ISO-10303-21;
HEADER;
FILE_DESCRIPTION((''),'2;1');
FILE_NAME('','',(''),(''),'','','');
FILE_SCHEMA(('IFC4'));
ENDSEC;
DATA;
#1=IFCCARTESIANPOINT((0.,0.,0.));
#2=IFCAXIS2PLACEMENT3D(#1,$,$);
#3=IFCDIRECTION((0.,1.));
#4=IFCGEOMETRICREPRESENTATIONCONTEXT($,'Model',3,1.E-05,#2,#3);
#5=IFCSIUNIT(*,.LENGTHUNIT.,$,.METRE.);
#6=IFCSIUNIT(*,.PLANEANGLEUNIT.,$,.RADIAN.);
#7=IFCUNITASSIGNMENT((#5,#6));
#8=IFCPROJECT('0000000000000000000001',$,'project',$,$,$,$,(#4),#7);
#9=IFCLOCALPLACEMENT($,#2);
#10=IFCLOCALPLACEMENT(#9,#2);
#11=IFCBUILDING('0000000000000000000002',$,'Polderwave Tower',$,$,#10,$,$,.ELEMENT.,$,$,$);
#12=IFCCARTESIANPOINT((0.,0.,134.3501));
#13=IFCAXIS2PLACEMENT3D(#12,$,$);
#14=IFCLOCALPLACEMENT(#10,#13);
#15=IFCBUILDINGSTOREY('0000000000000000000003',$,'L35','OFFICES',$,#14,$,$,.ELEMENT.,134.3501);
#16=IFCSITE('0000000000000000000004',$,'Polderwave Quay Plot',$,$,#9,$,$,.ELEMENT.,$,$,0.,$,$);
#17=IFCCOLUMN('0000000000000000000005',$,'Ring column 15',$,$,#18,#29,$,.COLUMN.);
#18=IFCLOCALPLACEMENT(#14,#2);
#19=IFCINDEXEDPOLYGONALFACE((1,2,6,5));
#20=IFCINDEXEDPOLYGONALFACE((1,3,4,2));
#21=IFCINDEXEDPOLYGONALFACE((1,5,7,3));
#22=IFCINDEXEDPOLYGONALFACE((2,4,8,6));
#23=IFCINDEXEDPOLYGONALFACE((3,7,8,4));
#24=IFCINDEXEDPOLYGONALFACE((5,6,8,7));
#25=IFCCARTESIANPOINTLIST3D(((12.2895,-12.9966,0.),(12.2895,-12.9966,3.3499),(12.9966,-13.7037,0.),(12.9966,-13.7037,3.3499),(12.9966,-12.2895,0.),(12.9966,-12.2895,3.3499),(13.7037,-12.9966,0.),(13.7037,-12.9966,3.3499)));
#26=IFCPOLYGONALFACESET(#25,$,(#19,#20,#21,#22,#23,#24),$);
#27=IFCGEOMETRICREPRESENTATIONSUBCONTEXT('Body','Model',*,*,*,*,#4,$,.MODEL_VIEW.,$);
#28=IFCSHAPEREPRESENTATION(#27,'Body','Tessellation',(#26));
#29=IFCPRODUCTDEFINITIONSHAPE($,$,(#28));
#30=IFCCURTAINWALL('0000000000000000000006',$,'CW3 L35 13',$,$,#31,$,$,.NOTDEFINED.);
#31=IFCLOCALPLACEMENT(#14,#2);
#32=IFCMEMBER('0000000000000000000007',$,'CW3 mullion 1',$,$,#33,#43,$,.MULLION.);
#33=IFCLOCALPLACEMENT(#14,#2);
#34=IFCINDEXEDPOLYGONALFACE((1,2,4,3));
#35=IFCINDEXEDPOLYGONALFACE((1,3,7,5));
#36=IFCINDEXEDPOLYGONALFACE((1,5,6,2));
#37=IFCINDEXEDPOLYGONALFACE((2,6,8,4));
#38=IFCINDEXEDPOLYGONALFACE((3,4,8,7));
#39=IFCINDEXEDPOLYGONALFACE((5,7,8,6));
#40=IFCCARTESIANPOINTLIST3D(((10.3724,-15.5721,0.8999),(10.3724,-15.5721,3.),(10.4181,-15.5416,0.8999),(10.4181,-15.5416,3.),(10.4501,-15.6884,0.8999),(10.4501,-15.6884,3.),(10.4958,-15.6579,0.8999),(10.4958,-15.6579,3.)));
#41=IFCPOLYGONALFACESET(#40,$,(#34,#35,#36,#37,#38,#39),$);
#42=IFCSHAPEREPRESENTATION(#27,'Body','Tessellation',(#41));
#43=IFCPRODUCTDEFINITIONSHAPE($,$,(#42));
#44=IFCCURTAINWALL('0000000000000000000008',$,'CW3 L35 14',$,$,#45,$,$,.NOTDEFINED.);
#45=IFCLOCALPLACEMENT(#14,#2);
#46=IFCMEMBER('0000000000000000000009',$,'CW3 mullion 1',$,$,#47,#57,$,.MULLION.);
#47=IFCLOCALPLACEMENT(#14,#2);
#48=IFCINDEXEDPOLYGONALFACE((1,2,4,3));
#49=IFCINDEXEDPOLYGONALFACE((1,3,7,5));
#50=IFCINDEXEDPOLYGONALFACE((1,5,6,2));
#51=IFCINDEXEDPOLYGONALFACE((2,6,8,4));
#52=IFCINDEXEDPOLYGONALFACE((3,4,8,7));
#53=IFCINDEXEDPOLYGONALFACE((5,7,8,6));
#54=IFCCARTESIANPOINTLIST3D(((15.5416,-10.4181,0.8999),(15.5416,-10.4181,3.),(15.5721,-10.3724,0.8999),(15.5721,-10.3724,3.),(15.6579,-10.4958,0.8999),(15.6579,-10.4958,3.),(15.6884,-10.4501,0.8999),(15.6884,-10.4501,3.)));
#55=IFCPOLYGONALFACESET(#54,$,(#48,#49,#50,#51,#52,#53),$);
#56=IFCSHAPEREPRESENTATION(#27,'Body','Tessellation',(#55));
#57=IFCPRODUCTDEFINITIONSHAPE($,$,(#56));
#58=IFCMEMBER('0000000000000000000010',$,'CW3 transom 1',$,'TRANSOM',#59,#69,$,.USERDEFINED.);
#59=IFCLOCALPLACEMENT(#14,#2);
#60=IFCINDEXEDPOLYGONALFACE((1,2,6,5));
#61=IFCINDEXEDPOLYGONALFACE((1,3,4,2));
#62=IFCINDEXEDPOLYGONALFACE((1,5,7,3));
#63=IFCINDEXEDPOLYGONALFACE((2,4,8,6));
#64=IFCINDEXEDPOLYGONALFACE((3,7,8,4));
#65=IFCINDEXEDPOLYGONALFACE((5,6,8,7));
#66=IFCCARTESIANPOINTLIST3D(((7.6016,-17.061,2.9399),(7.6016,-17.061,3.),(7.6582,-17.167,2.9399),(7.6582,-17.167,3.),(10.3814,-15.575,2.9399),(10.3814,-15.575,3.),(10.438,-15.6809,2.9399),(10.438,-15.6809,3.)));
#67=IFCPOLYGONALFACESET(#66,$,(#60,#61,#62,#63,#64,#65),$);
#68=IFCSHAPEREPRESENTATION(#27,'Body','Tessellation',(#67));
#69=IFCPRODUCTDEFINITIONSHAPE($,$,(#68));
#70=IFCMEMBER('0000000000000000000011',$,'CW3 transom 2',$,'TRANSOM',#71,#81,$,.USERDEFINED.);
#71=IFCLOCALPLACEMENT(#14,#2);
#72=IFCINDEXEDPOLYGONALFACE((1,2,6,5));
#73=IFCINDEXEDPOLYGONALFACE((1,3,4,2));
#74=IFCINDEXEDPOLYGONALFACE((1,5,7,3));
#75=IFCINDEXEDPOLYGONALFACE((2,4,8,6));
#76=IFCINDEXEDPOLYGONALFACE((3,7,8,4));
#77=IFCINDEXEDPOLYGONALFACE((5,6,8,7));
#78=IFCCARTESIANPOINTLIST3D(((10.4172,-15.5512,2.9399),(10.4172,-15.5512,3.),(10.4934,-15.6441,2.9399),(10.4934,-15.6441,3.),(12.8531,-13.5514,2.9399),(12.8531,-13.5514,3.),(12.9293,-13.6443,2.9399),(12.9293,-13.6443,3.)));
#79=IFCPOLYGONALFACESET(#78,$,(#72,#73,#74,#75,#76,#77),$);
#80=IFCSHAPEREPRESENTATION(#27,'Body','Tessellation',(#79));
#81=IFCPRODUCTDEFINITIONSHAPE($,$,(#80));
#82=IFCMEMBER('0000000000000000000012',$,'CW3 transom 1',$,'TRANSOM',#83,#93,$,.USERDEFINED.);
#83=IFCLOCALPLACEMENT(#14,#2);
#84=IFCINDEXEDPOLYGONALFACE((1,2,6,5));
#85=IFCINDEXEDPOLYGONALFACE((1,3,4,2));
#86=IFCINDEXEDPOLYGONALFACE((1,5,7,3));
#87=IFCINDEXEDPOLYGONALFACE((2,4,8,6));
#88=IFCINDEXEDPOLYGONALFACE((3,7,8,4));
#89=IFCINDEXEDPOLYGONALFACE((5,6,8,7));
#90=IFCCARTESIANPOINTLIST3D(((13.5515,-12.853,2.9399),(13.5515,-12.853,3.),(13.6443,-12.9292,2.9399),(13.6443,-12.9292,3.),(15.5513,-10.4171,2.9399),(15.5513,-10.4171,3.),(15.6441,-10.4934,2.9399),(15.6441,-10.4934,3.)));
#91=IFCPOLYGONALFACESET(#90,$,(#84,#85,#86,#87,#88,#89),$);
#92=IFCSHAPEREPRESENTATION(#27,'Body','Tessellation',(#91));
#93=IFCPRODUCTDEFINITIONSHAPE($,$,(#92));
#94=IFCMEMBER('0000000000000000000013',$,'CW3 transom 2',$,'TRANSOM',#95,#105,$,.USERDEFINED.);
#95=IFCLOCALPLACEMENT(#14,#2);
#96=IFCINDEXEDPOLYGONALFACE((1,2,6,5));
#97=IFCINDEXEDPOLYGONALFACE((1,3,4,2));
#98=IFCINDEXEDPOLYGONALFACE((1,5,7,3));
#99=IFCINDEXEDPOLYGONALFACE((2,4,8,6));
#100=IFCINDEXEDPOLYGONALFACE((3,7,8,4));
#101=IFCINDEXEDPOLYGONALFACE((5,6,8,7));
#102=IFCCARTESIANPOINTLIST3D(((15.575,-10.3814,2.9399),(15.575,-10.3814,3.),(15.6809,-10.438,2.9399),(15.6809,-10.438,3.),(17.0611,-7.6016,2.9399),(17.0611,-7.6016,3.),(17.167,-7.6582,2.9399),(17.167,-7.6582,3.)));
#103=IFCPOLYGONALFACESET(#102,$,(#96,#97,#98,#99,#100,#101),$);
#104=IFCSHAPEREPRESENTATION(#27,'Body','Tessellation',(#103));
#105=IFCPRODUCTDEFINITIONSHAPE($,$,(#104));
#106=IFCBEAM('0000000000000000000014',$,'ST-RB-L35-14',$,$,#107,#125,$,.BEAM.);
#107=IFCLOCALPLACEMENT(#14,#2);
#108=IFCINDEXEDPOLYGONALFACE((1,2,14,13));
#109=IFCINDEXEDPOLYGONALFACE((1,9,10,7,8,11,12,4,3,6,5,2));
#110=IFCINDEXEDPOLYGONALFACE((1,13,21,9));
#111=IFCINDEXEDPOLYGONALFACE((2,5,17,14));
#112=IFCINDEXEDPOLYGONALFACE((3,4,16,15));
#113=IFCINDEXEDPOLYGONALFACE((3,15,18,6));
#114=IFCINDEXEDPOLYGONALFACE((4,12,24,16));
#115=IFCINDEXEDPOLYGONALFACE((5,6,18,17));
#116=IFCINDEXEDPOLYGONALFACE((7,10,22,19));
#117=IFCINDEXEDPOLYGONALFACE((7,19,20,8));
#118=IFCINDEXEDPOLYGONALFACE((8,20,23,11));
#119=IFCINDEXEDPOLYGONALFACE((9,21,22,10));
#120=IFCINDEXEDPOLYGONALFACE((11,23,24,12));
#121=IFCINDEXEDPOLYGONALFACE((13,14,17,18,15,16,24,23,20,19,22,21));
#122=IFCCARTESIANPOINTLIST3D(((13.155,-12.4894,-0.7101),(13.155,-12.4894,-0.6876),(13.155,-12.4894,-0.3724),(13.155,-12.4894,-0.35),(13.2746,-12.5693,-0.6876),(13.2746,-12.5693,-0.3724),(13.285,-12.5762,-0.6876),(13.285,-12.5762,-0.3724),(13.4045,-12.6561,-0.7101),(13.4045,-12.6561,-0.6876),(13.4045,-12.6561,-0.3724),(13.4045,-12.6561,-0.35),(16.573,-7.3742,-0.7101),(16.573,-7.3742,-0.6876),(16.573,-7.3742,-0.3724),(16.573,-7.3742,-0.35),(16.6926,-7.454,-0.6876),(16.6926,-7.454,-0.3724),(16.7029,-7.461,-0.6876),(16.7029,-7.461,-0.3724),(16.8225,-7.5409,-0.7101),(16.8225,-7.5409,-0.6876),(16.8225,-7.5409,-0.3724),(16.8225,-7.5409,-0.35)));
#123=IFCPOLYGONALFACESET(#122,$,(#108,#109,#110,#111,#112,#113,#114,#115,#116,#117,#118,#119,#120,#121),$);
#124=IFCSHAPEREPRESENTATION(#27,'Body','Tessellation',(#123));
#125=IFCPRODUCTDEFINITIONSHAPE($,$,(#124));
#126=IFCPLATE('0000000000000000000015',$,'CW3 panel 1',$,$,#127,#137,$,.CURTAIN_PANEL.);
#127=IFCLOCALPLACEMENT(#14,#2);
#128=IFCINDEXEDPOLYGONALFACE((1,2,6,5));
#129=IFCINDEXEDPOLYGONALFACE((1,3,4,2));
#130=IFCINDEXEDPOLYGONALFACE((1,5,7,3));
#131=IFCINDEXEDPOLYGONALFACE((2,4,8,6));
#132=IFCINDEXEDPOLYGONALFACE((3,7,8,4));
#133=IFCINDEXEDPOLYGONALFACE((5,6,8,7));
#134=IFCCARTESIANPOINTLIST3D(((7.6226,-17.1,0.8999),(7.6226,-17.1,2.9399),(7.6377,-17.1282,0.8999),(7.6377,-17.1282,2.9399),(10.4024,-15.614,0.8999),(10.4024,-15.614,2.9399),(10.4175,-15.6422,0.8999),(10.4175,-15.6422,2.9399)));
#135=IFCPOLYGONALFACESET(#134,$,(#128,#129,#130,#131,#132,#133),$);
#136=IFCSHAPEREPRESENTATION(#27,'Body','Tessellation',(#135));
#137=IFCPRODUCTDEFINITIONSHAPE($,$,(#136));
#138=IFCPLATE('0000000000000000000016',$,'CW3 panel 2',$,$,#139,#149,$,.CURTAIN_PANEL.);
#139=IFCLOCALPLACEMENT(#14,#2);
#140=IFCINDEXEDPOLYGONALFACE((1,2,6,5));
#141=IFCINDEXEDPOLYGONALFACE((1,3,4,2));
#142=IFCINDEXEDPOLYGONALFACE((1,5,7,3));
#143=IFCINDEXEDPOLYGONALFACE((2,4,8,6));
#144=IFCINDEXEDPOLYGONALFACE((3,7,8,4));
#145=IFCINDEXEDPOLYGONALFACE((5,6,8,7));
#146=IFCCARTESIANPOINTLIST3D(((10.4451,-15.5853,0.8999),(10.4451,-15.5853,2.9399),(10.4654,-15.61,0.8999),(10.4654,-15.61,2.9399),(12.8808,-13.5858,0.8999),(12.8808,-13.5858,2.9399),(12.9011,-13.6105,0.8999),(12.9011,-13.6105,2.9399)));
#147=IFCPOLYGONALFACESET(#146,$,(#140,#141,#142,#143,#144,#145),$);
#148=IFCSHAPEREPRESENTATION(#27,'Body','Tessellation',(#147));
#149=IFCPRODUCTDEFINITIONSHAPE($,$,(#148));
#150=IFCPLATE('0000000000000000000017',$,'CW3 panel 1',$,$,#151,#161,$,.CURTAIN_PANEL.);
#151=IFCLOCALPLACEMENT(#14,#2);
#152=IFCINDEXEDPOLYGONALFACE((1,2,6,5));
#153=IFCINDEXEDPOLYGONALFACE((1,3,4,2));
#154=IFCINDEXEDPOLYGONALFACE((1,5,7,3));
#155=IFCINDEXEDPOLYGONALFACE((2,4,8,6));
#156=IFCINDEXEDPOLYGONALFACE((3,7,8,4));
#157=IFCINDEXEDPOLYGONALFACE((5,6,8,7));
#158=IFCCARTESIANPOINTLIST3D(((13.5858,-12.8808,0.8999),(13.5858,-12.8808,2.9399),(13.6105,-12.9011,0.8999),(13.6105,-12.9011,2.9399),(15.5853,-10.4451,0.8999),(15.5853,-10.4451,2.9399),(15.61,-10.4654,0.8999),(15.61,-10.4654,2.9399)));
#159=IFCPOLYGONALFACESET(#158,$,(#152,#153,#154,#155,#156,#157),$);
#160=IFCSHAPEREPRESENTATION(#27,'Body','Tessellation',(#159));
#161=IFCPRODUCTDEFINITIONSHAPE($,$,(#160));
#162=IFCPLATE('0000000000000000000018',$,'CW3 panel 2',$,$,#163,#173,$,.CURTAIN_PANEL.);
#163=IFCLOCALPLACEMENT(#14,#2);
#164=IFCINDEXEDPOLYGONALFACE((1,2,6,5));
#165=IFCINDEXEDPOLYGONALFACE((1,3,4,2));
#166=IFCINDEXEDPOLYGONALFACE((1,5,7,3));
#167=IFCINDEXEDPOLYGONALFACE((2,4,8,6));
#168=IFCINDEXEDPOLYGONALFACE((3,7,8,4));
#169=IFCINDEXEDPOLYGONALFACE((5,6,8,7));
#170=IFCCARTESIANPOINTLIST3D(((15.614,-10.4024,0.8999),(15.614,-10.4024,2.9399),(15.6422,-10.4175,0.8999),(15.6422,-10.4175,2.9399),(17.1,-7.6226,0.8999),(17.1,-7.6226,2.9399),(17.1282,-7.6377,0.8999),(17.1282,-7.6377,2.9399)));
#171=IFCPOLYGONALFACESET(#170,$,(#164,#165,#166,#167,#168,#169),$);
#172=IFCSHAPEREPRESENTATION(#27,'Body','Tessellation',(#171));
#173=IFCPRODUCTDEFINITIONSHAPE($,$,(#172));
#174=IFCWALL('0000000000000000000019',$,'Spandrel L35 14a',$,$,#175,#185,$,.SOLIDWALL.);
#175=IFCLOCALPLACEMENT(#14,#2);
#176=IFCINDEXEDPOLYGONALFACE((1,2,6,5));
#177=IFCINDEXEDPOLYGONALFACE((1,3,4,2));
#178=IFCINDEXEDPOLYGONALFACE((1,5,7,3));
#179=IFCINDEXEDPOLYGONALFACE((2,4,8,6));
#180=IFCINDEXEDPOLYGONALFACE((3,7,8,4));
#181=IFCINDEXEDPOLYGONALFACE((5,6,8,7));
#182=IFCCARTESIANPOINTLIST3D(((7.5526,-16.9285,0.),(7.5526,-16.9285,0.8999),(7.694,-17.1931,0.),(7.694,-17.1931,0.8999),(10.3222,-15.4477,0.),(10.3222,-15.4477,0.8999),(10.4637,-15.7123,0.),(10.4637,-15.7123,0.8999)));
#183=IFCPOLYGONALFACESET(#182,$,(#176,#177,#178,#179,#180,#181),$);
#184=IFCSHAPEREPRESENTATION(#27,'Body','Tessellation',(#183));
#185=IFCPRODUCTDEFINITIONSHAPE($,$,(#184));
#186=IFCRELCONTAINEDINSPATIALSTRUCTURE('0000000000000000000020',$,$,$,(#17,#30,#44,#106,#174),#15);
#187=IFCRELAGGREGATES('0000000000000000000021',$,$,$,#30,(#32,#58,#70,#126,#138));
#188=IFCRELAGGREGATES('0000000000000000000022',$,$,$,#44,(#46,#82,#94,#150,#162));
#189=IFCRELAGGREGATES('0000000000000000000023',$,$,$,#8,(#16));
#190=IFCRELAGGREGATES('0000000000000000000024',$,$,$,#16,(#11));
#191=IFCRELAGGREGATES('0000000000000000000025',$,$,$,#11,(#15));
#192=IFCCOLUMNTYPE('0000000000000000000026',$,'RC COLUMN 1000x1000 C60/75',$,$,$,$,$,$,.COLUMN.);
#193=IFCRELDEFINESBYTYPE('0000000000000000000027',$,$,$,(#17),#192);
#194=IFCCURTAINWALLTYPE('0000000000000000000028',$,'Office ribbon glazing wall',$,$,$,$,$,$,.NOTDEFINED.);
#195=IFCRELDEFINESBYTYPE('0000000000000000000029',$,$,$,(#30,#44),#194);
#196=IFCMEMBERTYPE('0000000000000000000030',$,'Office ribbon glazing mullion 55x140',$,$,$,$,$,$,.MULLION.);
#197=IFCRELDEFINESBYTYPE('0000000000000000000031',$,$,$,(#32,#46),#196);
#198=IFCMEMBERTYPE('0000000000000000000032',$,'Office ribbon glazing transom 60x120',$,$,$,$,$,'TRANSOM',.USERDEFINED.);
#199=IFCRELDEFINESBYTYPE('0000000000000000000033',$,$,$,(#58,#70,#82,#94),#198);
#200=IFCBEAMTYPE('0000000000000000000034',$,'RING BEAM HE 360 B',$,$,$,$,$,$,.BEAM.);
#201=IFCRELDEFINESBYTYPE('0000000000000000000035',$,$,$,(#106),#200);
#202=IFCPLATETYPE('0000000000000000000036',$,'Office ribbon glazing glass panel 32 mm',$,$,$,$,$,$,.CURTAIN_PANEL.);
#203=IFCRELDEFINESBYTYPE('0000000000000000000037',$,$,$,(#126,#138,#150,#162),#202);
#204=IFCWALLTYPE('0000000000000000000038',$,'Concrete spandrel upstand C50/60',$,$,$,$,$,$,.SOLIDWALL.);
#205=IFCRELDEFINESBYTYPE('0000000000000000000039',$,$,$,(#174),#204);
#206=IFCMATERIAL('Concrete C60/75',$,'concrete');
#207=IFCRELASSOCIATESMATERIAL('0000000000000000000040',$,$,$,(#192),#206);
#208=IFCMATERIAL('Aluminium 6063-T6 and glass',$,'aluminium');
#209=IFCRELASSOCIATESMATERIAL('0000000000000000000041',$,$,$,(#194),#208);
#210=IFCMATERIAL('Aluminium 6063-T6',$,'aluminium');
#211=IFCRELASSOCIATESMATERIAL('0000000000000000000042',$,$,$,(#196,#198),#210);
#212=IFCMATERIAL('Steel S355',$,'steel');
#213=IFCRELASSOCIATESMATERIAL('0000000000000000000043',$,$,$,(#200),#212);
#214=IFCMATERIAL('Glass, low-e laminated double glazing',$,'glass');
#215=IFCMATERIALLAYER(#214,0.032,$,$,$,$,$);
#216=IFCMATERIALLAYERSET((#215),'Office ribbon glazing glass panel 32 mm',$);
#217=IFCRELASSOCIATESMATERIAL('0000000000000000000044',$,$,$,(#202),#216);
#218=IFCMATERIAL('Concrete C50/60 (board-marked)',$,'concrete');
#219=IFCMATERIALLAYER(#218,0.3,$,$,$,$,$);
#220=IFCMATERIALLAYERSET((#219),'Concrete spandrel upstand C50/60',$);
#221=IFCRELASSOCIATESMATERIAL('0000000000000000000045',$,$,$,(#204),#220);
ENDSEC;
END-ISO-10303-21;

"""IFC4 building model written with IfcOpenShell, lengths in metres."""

from ifc_helpers import new_model, si_unit, direction, frame, frame_2d, origin, origin_2d, place, context, subcontext, project, spatial, rectangle, i_section, extrude, material, layer, layer_set, material_profile, profile_set, type_object, element, aggregate, save


model = new_model("IFC4")

# Units and contexts
model_context = context("Model", 3, precision=1e-05, world=origin(), true_north=direction((0.0, 1.0)))
body_context = subcontext(model_context, "Body", "Model", "MODEL_VIEW")
ifc_project = project(units=[si_unit("LENGTHUNIT", "METRE"), si_unit("PLANEANGLEUNIT", "RADIAN")], contexts=[model_context])

# Site, building, storey
site_placement = place(None, origin())
site = spatial("IfcSite", under=ifc_project, at=site_placement, Name="Polderwave Quay Plot", CompositionType="ELEMENT", RefElevation=0.0)
building_placement = place(site_placement, origin())
building = spatial("IfcBuilding", under=site, at=building_placement, Name="Polderwave Tower", CompositionType="ELEMENT")
storey_placement = place(building_placement, frame((0.0, 0.0, 134.3501)))
storey = spatial("IfcBuildingStorey", under=building, at=storey_placement, Name="L35", Description="OFFICES", CompositionType="ELEMENT", Elevation=134.3501)

# Column
ifc_material_1 = material(Name="Concrete C60/75", Category="concrete")
ifc_material_profile_1 = material_profile(ifc_material_1, rectangle(XDim=1.0, YDim=1.0, at=origin_2d()), Name="RC 1000x1000")
ifc_profile_set_1 = profile_set([ifc_material_profile_1], Name="Concrete C60/75")
column_type = type_object("IfcColumnType", Name="RC COLUMN 1000x1000 C60/75", PredefinedType="COLUMN", material=ifc_profile_set_1)
column_placement = place(storey_placement, frame((12.9966, -12.9966, 0.0), z_axis=(0.0, 0.0, 1.0), x_axis=(0.707107, -0.707107, 0.0)))
element("IfcColumn", 1, at=column_placement, inside=storey, type_object=column_type, Name="Ring column 15", PredefinedType="COLUMN", context=body_context, shape_type="SweptSolid", body=[
    extrude(rectangle(XDim=1.0, YDim=1.0, at=origin_2d()), origin(), (0.0, 0.0, 1.0), 3.3499),
])

# Curtain walls, members
ifc_material_2 = material(Name="Aluminium 6063-T6 and glass", Category="aluminium")
curtain_wall_type = type_object("IfcCurtainWallType", Name="Office ribbon glazing wall", PredefinedType="NOTDEFINED", material=ifc_material_2)
curtain_wall_1_placement = place(storey_placement, origin())
curtain_wall_1 = element("IfcCurtainWall", 2, at=curtain_wall_1_placement, inside=storey, type_object=curtain_wall_type, Name="CW3 L35 13", PredefinedType="NOTDEFINED")
ifc_material_3 = material(Name="Aluminium 6063-T6", Category="aluminium")
ifc_material_profile_2 = material_profile(ifc_material_3, rectangle(XDim=0.1399, YDim=0.0549, at=origin_2d()), Name="AL 55x140")
ifc_profile_set_2 = profile_set([ifc_material_profile_2], Name="Aluminium 6063-T6")
member_type_1 = type_object("IfcMemberType", Name="Office ribbon glazing mullion 55x140", PredefinedType="MULLION", material=ifc_profile_set_2)
member_1_placement = place(storey_placement, frame((10.4341, -15.615, 0.8999), z_axis=(0.0, 0.0, 1.0), x_axis=(-0.555657, 0.831411, 0.0)))
member_1 = element("IfcMember", 3, at=member_1_placement, type_object=member_type_1, Name="CW3 mullion 1", PredefinedType="MULLION", context=body_context, shape_type="SweptSolid", body=[
    extrude(rectangle(XDim=0.1399, YDim=0.0549, at=origin_2d()), origin(), (0.0, 0.0, 1.0), 2.1001),
])
curtain_wall_2_placement = place(storey_placement, origin())
curtain_wall_2 = element("IfcCurtainWall", 4, at=curtain_wall_2_placement, inside=storey, type_object=curtain_wall_type, Name="CW3 L35 14", PredefinedType="NOTDEFINED")
member_2_placement = place(storey_placement, frame((15.615, -10.4341, 0.8999), z_axis=(0.0, 0.0, 1.0), x_axis=(-0.831411, 0.555657, 0.0)))
member_2 = element("IfcMember", 5, at=member_2_placement, type_object=member_type_1, Name="CW3 mullion 1", PredefinedType="MULLION", context=body_context, shape_type="SweptSolid", body=[
    extrude(rectangle(XDim=0.1399, YDim=0.0549, at=origin_2d()), origin(), (0.0, 0.0, 1.0), 2.1001),
])

# Members
ifc_material_profile_3 = material_profile(ifc_material_3, rectangle(XDim=0.1201, YDim=0.0601, at=origin_2d()), Name="AL 60x120")
ifc_profile_set_3 = profile_set([ifc_material_profile_3], Name="Aluminium 6063-T6")
member_type_2 = type_object("IfcMemberType", Name="Office ribbon glazing transom 60x120", ElementType="TRANSOM", PredefinedType="USERDEFINED", material=ifc_profile_set_3)
member_3_placement = place(storey_placement, frame((7.6299, -17.114, 2.97), z_axis=(0.881887, 0.47146, 0.0), x_axis=(-0.47146, 0.881887, 0.0)))
member_3 = element("IfcMember", 6, at=member_3_placement, type_object=member_type_2, Name="CW3 transom 1", ObjectType="TRANSOM", PredefinedType="USERDEFINED", context=body_context, shape_type="SweptSolid", body=[
    extrude(rectangle(XDim=0.1201, YDim=0.0601, at=origin_2d()), origin(), (0.0, 0.0, 1.0), 3.1521),
])
member_4_placement = place(storey_placement, frame((10.4553, -15.5977, 2.97), z_axis=(0.772893, 0.634536, 0.0), x_axis=(-0.634536, 0.772893, 0.0)))
member_4 = element("IfcMember", 7, at=member_4_placement, type_object=member_type_2, Name="CW3 transom 2", ObjectType="TRANSOM", PredefinedType="USERDEFINED", context=body_context, shape_type="SweptSolid", body=[
    extrude(rectangle(XDim=0.1201, YDim=0.0601, at=origin_2d()), origin(), (0.0, 0.0, 1.0), 3.1516),
])
member_5_placement = place(storey_placement, frame((13.5979, -12.8911, 2.97), z_axis=(0.634536, 0.772893, 0.0), x_axis=(-0.772893, 0.634536, 0.0)))
member_5 = element("IfcMember", 8, at=member_5_placement, type_object=member_type_2, Name="CW3 transom 1", ObjectType="TRANSOM", PredefinedType="USERDEFINED", context=body_context, shape_type="SweptSolid", body=[
    extrude(rectangle(XDim=0.1201, YDim=0.0601, at=origin_2d()), origin(), (0.0, 0.0, 1.0), 3.1516),
])
member_6_placement = place(storey_placement, frame((15.6279, -10.4097, 2.97), z_axis=(0.47146, 0.881887, 0.0), x_axis=(-0.881887, 0.47146, 0.0)))
member_6 = element("IfcMember", 9, at=member_6_placement, type_object=member_type_2, Name="CW3 transom 2", ObjectType="TRANSOM", PredefinedType="USERDEFINED", context=body_context, shape_type="SweptSolid", body=[
    extrude(rectangle(XDim=0.1201, YDim=0.0601, at=origin_2d()), origin(), (0.0, 0.0, 1.0), 3.1521),
])

# Beam
ifc_material_4 = material(Name="Steel S355", Category="steel")
ifc_material_profile_4 = material_profile(ifc_material_4, i_section(OverallWidth=0.3, OverallDepth=0.3601, WebThickness=0.0125, FlangeThickness=0.0225, at=origin_2d()), Name="HE 360 B")
ifc_profile_set_4 = profile_set([ifc_material_profile_4], Name="Steel S355")
beam_type = type_object("IfcBeamType", Name="RING BEAM HE 360 B", PredefinedType="BEAM", material=ifc_profile_set_4)
beam_placement = place(storey_placement, frame((13.2798, -12.5728, -0.53), z_axis=(0.555579, 0.831464, 0.0), x_axis=(-0.831464, 0.555579, 0.0)))
element("IfcBeam", 10, at=beam_placement, inside=storey, type_object=beam_type, Name="ST-RB-L35-14", PredefinedType="BEAM", context=body_context, shape_type="SweptSolid", body=[
    extrude(i_section(OverallWidth=0.3, OverallDepth=0.3601, WebThickness=0.0125, FlangeThickness=0.0225, at=origin_2d()), origin(), (0.0, 0.0, 1.0), 6.1521),
])

# Plates
ifc_material_5 = material(Name="Glass, low-e laminated double glazing", Category="glass")
ifc_layer_1 = layer(ifc_material_5, 0.032)
ifc_layer_set_1 = layer_set([ifc_layer_1], Name="Office ribbon glazing glass panel 32 mm")
plate_type = type_object("IfcPlateType", Name="Office ribbon glazing glass panel 32 mm", PredefinedType="CURTAIN_PANEL", material=ifc_layer_set_1)
plate_1_placement = place(storey_placement, frame((9.02, -16.3711, 0.8999), z_axis=(0.0, 0.0, 1.0), x_axis=(0.881891, 0.471454, 0.0)))
plate_1 = element("IfcPlate", 11, at=plate_1_placement, type_object=plate_type, Name="CW3 panel 1", PredefinedType="CURTAIN_PANEL", context=body_context, shape_type="SweptSolid", body=[
    extrude(rectangle(XDim=3.1521, YDim=0.032, at=origin_2d()), origin(), (0.0, 0.0, 1.0), 2.04),
])
plate_2_placement = place(storey_placement, frame((11.6731, -14.5979, 0.8999), z_axis=(0.0, 0.0, 1.0), x_axis=(0.772919, 0.634505, 0.0)))
plate_2 = element("IfcPlate", 12, at=plate_2_placement, type_object=plate_type, Name="CW3 panel 2", PredefinedType="CURTAIN_PANEL", context=body_context, shape_type="SweptSolid", body=[
    extrude(rectangle(XDim=3.1514, YDim=0.032, at=origin_2d()), origin(), (0.0, 0.0, 1.0), 2.04),
])
aggregate(curtain_wall_1, [member_1, member_3, member_4, plate_1, plate_2])
plate_3_placement = place(storey_placement, frame((14.5979, -11.6731, 0.8999), z_axis=(0.0, 0.0, 1.0), x_axis=(0.634505, 0.772919, 0.0)))
plate_3 = element("IfcPlate", 13, at=plate_3_placement, type_object=plate_type, Name="CW3 panel 1", PredefinedType="CURTAIN_PANEL", context=body_context, shape_type="SweptSolid", body=[
    extrude(rectangle(XDim=3.1514, YDim=0.032, at=origin_2d()), origin(), (0.0, 0.0, 1.0), 2.04),
])
plate_4_placement = place(storey_placement, frame((16.3711, -9.02, 0.8999), z_axis=(0.0, 0.0, 1.0), x_axis=(0.471454, 0.881891, 0.0)))
plate_4 = element("IfcPlate", 14, at=plate_4_placement, type_object=plate_type, Name="CW3 panel 2", PredefinedType="CURTAIN_PANEL", context=body_context, shape_type="SweptSolid", body=[
    extrude(rectangle(XDim=3.1521, YDim=0.032, at=origin_2d()), origin(), (0.0, 0.0, 1.0), 2.04),
])
aggregate(curtain_wall_2, [member_2, member_5, member_6, plate_3, plate_4])

# Wall
ifc_material_6 = material(Name="Concrete C50/60 (board-marked)", Category="concrete")
ifc_layer_2 = layer(ifc_material_6, 0.3)
ifc_layer_set_2 = layer_set([ifc_layer_2], Name="Concrete spandrel upstand C50/60")
wall_type = type_object("IfcWallType", Name="Concrete spandrel upstand C50/60", PredefinedType="SOLIDWALL", material=ifc_layer_set_2)
for number, where, z_axis, x_axis, name in (
    (15, (7.6233, -17.0608, 0.0), (0.0, 0.0, 1.0), (0.881873, 0.471488, 0.0), "Spandrel L35 14a"),
):
    element("IfcWall", number, at=place(storey_placement, frame(where, z_axis=z_axis, x_axis=x_axis)), inside=storey, type_object=wall_type, Name=name, PredefinedType="SOLIDWALL", context=body_context, shape_type="SweptSolid", body=[
        extrude(rectangle(XDim=3.1406, YDim=0.3, at=frame_2d((1.5703, 0.0))), origin(), (0.0, 0.0, 1.0), 0.8999),
    ])

save(model, "model.ifc")
